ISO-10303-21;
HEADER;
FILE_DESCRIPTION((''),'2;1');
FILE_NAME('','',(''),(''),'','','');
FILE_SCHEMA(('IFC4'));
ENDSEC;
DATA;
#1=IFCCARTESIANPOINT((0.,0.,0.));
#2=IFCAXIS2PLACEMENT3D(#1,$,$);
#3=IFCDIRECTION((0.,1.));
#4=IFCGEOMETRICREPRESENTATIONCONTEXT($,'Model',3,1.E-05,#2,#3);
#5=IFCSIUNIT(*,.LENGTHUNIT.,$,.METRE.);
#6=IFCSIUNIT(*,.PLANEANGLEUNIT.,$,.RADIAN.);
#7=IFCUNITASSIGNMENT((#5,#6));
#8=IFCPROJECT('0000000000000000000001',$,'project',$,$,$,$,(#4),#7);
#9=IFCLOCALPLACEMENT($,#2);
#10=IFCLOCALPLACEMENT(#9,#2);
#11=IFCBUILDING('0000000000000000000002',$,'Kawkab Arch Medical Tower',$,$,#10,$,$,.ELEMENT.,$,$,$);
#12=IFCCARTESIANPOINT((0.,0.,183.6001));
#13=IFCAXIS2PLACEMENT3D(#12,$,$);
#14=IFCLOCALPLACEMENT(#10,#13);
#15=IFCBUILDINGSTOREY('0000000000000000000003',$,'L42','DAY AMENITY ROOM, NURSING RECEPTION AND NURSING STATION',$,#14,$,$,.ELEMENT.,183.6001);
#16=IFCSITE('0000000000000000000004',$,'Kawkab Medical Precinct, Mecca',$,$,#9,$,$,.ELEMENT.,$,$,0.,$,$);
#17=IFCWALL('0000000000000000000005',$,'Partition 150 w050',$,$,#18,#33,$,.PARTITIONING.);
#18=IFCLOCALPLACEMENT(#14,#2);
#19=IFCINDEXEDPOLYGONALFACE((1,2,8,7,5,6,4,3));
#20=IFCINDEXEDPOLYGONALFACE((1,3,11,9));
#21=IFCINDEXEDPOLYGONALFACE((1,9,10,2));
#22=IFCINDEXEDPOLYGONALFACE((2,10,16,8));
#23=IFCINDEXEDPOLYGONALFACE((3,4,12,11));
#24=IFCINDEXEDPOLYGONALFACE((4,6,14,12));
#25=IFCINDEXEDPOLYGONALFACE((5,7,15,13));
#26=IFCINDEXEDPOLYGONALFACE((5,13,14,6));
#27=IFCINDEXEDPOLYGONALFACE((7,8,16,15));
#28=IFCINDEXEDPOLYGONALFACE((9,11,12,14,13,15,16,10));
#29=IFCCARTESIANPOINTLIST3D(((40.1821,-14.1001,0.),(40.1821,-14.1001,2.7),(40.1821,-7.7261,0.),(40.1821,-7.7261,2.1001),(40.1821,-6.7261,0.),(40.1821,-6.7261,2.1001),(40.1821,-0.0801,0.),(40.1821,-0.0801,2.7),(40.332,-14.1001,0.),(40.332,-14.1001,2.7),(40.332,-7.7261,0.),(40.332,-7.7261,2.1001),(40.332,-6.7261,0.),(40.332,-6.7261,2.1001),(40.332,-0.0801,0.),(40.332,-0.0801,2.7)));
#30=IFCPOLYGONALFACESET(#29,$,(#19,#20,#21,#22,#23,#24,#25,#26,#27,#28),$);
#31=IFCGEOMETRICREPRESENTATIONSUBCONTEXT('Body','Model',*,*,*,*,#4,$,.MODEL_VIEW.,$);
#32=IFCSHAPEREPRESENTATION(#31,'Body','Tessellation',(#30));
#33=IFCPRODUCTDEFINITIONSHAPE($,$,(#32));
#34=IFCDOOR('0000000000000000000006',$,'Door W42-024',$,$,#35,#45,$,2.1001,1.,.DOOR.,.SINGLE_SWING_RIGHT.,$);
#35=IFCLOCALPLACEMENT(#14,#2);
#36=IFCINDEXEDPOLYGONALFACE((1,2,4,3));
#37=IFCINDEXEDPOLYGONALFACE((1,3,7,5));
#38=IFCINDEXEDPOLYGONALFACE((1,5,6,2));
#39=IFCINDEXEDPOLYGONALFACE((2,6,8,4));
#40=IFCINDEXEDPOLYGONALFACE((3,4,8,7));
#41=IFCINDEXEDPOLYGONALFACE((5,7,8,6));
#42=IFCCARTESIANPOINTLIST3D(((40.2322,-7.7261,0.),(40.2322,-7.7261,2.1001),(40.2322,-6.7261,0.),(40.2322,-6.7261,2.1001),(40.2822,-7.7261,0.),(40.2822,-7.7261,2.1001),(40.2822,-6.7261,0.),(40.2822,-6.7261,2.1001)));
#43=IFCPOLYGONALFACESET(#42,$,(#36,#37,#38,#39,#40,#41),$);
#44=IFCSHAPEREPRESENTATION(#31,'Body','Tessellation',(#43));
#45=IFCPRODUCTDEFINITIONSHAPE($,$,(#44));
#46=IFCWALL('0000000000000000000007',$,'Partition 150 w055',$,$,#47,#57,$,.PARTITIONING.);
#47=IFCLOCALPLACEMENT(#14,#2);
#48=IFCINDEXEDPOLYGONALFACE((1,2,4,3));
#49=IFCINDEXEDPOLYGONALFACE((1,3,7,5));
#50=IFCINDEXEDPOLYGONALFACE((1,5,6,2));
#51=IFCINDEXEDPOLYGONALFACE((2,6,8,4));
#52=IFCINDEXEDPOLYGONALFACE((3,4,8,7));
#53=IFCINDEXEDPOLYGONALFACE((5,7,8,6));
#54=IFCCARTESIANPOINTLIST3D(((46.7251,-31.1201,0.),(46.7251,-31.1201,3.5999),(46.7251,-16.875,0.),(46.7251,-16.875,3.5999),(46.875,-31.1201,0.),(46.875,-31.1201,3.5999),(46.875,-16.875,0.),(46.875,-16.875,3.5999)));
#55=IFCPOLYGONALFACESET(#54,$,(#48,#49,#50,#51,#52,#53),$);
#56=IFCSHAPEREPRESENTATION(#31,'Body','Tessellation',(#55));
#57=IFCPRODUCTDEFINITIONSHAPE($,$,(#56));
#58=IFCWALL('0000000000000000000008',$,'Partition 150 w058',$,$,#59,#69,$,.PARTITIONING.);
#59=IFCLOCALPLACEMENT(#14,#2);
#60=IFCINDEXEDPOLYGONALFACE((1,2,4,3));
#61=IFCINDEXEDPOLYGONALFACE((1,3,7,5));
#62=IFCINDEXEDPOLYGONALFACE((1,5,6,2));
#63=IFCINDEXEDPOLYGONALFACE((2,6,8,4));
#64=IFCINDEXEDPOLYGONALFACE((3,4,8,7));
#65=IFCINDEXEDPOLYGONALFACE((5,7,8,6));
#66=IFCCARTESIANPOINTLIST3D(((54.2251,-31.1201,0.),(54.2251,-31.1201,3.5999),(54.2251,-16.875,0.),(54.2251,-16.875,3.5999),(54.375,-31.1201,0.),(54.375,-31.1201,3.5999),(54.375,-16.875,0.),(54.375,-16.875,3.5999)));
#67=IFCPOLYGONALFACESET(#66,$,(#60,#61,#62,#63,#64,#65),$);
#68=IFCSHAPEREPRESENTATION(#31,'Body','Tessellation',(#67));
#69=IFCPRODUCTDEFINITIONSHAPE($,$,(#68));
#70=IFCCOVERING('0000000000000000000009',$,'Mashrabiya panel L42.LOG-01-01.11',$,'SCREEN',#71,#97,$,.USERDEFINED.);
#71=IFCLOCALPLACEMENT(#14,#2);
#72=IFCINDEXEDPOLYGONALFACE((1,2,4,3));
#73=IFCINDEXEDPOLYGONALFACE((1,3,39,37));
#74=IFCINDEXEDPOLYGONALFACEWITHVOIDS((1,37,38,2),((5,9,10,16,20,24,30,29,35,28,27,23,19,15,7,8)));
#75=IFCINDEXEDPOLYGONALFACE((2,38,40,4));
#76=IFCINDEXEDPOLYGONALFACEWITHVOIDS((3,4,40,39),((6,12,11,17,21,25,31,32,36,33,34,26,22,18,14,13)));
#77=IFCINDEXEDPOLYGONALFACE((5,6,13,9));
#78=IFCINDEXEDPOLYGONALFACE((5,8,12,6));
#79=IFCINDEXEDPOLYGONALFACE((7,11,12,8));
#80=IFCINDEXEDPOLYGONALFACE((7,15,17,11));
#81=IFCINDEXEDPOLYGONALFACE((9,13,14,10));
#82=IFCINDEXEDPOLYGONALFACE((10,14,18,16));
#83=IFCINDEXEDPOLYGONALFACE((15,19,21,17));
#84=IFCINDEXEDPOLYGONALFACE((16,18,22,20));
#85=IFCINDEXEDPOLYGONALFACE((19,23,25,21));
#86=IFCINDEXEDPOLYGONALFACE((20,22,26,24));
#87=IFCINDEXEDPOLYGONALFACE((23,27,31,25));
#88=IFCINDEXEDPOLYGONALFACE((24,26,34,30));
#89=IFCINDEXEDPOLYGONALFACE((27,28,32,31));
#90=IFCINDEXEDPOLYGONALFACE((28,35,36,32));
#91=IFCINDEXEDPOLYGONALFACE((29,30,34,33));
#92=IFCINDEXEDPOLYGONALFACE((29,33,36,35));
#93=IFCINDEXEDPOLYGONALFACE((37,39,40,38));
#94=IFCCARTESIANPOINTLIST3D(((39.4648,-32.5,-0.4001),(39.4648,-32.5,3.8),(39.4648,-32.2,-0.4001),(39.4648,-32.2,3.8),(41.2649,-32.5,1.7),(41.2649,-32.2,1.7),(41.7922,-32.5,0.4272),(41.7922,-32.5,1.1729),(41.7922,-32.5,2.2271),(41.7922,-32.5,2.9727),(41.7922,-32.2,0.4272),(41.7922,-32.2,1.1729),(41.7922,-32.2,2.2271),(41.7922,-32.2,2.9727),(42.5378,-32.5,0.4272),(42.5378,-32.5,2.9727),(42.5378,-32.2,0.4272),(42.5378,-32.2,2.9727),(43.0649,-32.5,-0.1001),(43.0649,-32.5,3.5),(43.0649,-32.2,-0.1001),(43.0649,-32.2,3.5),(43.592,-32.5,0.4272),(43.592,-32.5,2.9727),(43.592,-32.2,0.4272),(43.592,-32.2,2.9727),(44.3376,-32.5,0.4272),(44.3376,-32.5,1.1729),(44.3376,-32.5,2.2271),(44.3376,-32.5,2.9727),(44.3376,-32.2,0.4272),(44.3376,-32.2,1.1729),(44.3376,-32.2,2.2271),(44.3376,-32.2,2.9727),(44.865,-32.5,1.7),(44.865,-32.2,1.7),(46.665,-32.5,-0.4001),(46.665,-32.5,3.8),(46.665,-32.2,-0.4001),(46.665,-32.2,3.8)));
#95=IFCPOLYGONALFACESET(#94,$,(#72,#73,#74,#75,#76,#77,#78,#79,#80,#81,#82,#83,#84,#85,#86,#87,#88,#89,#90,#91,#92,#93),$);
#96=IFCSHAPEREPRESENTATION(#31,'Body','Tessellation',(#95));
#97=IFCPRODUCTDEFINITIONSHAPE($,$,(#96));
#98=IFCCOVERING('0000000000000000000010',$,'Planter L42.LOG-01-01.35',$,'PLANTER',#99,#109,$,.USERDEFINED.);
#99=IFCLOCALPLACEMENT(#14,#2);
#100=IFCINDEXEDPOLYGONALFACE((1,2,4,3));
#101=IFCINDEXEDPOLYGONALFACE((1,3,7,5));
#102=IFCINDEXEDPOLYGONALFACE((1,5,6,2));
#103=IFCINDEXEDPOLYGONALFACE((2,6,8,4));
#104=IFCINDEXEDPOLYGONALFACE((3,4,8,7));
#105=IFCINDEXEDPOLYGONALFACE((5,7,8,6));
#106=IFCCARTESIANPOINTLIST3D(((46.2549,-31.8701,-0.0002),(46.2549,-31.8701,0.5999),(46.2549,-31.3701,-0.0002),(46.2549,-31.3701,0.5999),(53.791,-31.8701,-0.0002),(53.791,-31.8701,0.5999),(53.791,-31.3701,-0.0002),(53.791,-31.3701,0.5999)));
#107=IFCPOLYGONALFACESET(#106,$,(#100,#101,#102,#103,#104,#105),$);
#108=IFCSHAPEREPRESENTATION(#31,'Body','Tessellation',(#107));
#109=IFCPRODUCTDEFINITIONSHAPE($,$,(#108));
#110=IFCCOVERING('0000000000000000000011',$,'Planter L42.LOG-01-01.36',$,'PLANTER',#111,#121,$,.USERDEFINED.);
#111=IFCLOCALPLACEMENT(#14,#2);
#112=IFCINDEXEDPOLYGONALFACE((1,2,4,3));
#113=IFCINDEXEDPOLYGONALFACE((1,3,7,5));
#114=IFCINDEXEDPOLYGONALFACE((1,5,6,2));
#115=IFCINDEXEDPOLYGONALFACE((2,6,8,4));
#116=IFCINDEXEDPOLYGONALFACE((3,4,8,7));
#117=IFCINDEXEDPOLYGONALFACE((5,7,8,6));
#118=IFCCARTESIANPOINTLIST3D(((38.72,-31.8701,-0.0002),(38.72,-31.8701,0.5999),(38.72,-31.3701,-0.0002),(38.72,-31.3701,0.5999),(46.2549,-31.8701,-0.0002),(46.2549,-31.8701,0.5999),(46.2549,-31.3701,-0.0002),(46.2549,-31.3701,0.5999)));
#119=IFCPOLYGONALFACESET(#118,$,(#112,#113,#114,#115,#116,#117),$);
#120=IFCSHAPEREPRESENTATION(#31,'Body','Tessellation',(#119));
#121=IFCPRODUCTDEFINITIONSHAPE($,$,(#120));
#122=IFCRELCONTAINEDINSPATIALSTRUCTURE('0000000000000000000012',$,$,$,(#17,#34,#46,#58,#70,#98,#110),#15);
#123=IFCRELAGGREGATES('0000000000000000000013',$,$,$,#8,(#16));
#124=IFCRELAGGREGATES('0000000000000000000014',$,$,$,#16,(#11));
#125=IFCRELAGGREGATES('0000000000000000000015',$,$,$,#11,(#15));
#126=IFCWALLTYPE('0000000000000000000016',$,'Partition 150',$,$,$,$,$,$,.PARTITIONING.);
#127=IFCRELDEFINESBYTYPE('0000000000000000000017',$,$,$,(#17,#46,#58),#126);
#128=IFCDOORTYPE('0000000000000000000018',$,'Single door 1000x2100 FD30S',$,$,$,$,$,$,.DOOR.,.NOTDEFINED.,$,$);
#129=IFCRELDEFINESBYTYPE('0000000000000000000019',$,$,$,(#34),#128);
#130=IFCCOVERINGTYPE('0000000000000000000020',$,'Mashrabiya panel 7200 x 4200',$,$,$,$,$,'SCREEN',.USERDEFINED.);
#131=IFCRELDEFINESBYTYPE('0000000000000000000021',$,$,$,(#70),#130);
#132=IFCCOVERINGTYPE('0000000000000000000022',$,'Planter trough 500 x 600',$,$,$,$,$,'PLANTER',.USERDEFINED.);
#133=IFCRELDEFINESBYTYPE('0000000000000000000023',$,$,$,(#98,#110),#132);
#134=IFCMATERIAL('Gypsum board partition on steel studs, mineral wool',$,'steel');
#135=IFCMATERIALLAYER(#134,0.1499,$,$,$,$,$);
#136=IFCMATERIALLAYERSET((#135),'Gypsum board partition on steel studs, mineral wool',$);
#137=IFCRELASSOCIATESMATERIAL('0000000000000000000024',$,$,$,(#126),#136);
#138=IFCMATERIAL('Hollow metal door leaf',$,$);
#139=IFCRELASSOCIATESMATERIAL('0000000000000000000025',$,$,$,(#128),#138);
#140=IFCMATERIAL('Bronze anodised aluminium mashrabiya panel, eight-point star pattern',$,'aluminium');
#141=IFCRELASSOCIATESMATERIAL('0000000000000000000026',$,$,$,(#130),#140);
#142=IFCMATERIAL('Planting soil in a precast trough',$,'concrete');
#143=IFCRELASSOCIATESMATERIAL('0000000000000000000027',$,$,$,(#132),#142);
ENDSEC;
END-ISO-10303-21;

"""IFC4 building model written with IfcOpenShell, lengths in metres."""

from ifc_helpers import new_model, si_unit, direction, frame, frame_2d, origin, origin_2d, place, context, subcontext, project, spatial, polyline, rectangle, outline, extrude, material, layer, layer_set, material_profile, profile_set, type_object, element, fill, save


model = new_model("IFC4")

# Units and contexts
model_context = context("Model", 3, precision=1e-05, world=origin(), true_north=direction((0.0, 1.0)))
body_context = subcontext(model_context, "Body", "Model", "MODEL_VIEW")
ifc_project = project(units=[si_unit("LENGTHUNIT", "METRE"), si_unit("PLANEANGLEUNIT", "RADIAN")], contexts=[model_context])

# Site, building, storey
site_placement = place(None, origin())
site = spatial("IfcSite", under=ifc_project, at=site_placement, Name="Kawkab Medical Precinct, Mecca", CompositionType="ELEMENT", RefElevation=0.0)
building_placement = place(site_placement, origin())
building = spatial("IfcBuilding", under=site, at=building_placement, Name="Kawkab Arch Medical Tower", CompositionType="ELEMENT")
storey_placement = place(building_placement, frame((0.0, 0.0, 183.6001)))
storey = spatial("IfcBuildingStorey", under=building, at=storey_placement, Name="L42", Description="DAY AMENITY ROOM, NURSING RECEPTION AND NURSING STATION", CompositionType="ELEMENT", Elevation=183.6001)

# Wall, opening, door
ifc_material_1 = material(Name="Gypsum board partition on steel studs, mineral wool", Category="steel")
ifc_layer_1 = layer(ifc_material_1, 0.1499)
ifc_layer_set_1 = layer_set([ifc_layer_1], Name="Gypsum board partition on steel studs, mineral wool")
wall_type_1 = type_object("IfcWallType", Name="Partition 150", PredefinedType="PARTITIONING", material=ifc_layer_set_1)
wall_1_placement = place(storey_placement, frame((40.2571, -14.1001, 0.0), z_axis=(0.0, 0.0, 1.0), x_axis=(0.0, 1.0, 0.0)))
wall_1 = element("IfcWall", 1, at=wall_1_placement, inside=storey, type_object=wall_type_1, Name="Partition 150 w050", PredefinedType="PARTITIONING", context=body_context, shape_type="SweptSolid", body=[
    extrude(rectangle(XDim=14.02, YDim=0.1499, at=frame_2d((7.01, 0.0))), origin(), (0.0, 0.0, 1.0), 2.7),
])
opening_1_placement = place(wall_1_placement, frame((6.374, 0.0, 0.0)))
opening_1 = element("IfcOpeningElement", 2, at=opening_1_placement, cuts=wall_1, PredefinedType="OPENING", context=body_context, shape_type="SweptSolid", body=[
    extrude(rectangle(XDim=1.0, YDim=2.1001, at=frame_2d((0.5, 1.05))), frame((0.0, 0.085, 0.0), z_axis=(0.0, -1.0, 0.0), x_axis=(1.0, 0.0, 0.0)), (0.0, 0.0, 1.0), 0.1699),
])
ifc_material_2 = material(Name="Hollow metal door leaf")
door_type_1 = type_object("IfcDoorType", Name="Single door 1000x2100 FD30S", OperationType="NOTDEFINED", PredefinedType="DOOR", material=ifc_material_2)
door_1_placement = place(opening_1_placement, origin())
door_1 = element("IfcDoor", 3, at=door_1_placement, inside=storey, type_object=door_type_1, Name="Door W42-024", OperationType="SINGLE_SWING_RIGHT", OverallHeight=2.1001, OverallWidth=1.0, PredefinedType="DOOR", context=body_context, shape_type="SweptSolid", body=[
    extrude(rectangle(XDim=1.0, YDim=2.1001, at=frame_2d((0.5, 1.05))), frame((0.0, 0.0249, 0.0), z_axis=(0.0, -1.0, 0.0), x_axis=(1.0, 0.0, 0.0)), (0.0, 0.0, 1.0), 0.05),
])
fill(opening_1, door_1)

# Walls
for number, where, z_axis, x_axis, name in (
    (4, (46.8, -31.1201, 0.0), (0.0, 0.0, 1.0), (0.0, 1.0, 0.0), "Partition 150 w055"),
    (5, (54.3, -31.1201, 0.0), (0.0, 0.0, 1.0), (0.0, 1.0, 0.0), "Partition 150 w058"),
):
    element("IfcWall", number, at=place(storey_placement, frame(where, z_axis=z_axis, x_axis=x_axis)), inside=storey, type_object=wall_type_1, Name=name, PredefinedType="PARTITIONING", context=body_context, shape_type="SweptSolid", body=[
        extrude(rectangle(XDim=14.2451, YDim=0.1499, at=frame_2d((7.1226, 0.0))), origin(), (0.0, 0.0, 1.0), 3.5999),
    ])

# Coverings
ifc_material_3 = material(Name="Bronze anodised aluminium mashrabiya panel, eight-point star pattern", Category="aluminium")
ifc_material_profile_1 = material_profile(ifc_material_3, outline(polyline([(-3.6001, -2.1001), (3.6001, -2.1001), (3.6001, 2.1001), (-3.6001, 2.1001), (-3.6001, -2.1001)]), holes=[polyline([(1.8, 0.0), (1.2727, 0.5271), (1.2727, 1.2727), (0.5271, 1.2727), (0.0, 1.8), (-0.5271, 1.2727), (-1.2727, 1.2727), (-1.2727, 0.5271), (-1.8, 0.0), (-1.2727, -0.5271), (-1.2727, -1.2727), (-0.5271, -1.2727), (0.0, -1.8), (0.5271, -1.2727), (1.2727, -1.2727), (1.2727, -0.5271), (1.8, 0.0)])]), Name="Mashrabiya panel 7200x4200")
ifc_profile_set_1 = profile_set([ifc_material_profile_1], Name="Bronze anodised aluminium mashrabiya panel, eight-point star pattern")
covering_type_1 = type_object("IfcCoveringType", Name="Mashrabiya panel 7200 x 4200", ElementType="SCREEN", PredefinedType="USERDEFINED", material=ifc_profile_set_1)
covering_1_placement = place(storey_placement, frame((43.0649, -32.2, 1.7), z_axis=(0.0, -1.0, 0.0), x_axis=(1.0, 0.0, 0.0)))
element("IfcCovering", 6, at=covering_1_placement, inside=storey, type_object=covering_type_1, Name="Mashrabiya panel L42.LOG-01-01.11", ObjectType="SCREEN", PredefinedType="USERDEFINED", context=body_context, shape_type="SweptSolid", body=[
    extrude(outline(polyline([(-3.6001, -2.1001), (3.6001, -2.1001), (3.6001, 2.1001), (-3.6001, 2.1001), (-3.6001, -2.1001)]), holes=[polyline([(1.8, 0.0), (1.2727, 0.5271), (1.2727, 1.2727), (0.5271, 1.2727), (0.0, 1.8), (-0.5271, 1.2727), (-1.2727, 1.2727), (-1.2727, 0.5271), (-1.8, 0.0), (-1.2727, -0.5271), (-1.2727, -1.2727), (-0.5271, -1.2727), (0.0, -1.8), (0.5271, -1.2727), (1.2727, -1.2727), (1.2727, -0.5271), (1.8, 0.0)])]), origin(), (0.0, 0.0, 1.0), 0.3),
])
ifc_material_4 = material(Name="Planting soil in a precast trough", Category="concrete")
ifc_material_profile_2 = material_profile(ifc_material_4, rectangle(XDim=0.5, YDim=0.6001, at=origin_2d()), Name="Trough 500x600")
ifc_profile_set_2 = profile_set([ifc_material_profile_2], Name="Planting soil in a precast trough")
covering_type_2 = type_object("IfcCoveringType", Name="Planter trough 500 x 600", ElementType="PLANTER", PredefinedType="USERDEFINED", material=ifc_profile_set_2)
covering_2_placement = place(storey_placement, frame((53.791, -31.6201, 0.2998), z_axis=(-1.0, 0.0, 0.0), x_axis=(0.0, -1.0, 0.0)))
element("IfcCovering", 7, at=covering_2_placement, inside=storey, type_object=covering_type_2, Name="Planter L42.LOG-01-01.35", ObjectType="PLANTER", PredefinedType="USERDEFINED", context=body_context, shape_type="SweptSolid", body=[
    extrude(rectangle(XDim=0.5, YDim=0.6001, at=origin_2d()), origin(), (0.0, 0.0, 1.0), 7.5361),
])
covering_3_placement = place(storey_placement, frame((46.2549, -31.6201, 0.2998), z_axis=(-1.0, 0.0, 0.0), x_axis=(0.0, -1.0, 0.0)))
element("IfcCovering", 8, at=covering_3_placement, inside=storey, type_object=covering_type_2, Name="Planter L42.LOG-01-01.36", ObjectType="PLANTER", PredefinedType="USERDEFINED", context=body_context, shape_type="SweptSolid", body=[
    extrude(rectangle(XDim=0.5, YDim=0.6001, at=origin_2d()), origin(), (0.0, 0.0, 1.0), 7.5349),
])

save(model, "model.ifc")
